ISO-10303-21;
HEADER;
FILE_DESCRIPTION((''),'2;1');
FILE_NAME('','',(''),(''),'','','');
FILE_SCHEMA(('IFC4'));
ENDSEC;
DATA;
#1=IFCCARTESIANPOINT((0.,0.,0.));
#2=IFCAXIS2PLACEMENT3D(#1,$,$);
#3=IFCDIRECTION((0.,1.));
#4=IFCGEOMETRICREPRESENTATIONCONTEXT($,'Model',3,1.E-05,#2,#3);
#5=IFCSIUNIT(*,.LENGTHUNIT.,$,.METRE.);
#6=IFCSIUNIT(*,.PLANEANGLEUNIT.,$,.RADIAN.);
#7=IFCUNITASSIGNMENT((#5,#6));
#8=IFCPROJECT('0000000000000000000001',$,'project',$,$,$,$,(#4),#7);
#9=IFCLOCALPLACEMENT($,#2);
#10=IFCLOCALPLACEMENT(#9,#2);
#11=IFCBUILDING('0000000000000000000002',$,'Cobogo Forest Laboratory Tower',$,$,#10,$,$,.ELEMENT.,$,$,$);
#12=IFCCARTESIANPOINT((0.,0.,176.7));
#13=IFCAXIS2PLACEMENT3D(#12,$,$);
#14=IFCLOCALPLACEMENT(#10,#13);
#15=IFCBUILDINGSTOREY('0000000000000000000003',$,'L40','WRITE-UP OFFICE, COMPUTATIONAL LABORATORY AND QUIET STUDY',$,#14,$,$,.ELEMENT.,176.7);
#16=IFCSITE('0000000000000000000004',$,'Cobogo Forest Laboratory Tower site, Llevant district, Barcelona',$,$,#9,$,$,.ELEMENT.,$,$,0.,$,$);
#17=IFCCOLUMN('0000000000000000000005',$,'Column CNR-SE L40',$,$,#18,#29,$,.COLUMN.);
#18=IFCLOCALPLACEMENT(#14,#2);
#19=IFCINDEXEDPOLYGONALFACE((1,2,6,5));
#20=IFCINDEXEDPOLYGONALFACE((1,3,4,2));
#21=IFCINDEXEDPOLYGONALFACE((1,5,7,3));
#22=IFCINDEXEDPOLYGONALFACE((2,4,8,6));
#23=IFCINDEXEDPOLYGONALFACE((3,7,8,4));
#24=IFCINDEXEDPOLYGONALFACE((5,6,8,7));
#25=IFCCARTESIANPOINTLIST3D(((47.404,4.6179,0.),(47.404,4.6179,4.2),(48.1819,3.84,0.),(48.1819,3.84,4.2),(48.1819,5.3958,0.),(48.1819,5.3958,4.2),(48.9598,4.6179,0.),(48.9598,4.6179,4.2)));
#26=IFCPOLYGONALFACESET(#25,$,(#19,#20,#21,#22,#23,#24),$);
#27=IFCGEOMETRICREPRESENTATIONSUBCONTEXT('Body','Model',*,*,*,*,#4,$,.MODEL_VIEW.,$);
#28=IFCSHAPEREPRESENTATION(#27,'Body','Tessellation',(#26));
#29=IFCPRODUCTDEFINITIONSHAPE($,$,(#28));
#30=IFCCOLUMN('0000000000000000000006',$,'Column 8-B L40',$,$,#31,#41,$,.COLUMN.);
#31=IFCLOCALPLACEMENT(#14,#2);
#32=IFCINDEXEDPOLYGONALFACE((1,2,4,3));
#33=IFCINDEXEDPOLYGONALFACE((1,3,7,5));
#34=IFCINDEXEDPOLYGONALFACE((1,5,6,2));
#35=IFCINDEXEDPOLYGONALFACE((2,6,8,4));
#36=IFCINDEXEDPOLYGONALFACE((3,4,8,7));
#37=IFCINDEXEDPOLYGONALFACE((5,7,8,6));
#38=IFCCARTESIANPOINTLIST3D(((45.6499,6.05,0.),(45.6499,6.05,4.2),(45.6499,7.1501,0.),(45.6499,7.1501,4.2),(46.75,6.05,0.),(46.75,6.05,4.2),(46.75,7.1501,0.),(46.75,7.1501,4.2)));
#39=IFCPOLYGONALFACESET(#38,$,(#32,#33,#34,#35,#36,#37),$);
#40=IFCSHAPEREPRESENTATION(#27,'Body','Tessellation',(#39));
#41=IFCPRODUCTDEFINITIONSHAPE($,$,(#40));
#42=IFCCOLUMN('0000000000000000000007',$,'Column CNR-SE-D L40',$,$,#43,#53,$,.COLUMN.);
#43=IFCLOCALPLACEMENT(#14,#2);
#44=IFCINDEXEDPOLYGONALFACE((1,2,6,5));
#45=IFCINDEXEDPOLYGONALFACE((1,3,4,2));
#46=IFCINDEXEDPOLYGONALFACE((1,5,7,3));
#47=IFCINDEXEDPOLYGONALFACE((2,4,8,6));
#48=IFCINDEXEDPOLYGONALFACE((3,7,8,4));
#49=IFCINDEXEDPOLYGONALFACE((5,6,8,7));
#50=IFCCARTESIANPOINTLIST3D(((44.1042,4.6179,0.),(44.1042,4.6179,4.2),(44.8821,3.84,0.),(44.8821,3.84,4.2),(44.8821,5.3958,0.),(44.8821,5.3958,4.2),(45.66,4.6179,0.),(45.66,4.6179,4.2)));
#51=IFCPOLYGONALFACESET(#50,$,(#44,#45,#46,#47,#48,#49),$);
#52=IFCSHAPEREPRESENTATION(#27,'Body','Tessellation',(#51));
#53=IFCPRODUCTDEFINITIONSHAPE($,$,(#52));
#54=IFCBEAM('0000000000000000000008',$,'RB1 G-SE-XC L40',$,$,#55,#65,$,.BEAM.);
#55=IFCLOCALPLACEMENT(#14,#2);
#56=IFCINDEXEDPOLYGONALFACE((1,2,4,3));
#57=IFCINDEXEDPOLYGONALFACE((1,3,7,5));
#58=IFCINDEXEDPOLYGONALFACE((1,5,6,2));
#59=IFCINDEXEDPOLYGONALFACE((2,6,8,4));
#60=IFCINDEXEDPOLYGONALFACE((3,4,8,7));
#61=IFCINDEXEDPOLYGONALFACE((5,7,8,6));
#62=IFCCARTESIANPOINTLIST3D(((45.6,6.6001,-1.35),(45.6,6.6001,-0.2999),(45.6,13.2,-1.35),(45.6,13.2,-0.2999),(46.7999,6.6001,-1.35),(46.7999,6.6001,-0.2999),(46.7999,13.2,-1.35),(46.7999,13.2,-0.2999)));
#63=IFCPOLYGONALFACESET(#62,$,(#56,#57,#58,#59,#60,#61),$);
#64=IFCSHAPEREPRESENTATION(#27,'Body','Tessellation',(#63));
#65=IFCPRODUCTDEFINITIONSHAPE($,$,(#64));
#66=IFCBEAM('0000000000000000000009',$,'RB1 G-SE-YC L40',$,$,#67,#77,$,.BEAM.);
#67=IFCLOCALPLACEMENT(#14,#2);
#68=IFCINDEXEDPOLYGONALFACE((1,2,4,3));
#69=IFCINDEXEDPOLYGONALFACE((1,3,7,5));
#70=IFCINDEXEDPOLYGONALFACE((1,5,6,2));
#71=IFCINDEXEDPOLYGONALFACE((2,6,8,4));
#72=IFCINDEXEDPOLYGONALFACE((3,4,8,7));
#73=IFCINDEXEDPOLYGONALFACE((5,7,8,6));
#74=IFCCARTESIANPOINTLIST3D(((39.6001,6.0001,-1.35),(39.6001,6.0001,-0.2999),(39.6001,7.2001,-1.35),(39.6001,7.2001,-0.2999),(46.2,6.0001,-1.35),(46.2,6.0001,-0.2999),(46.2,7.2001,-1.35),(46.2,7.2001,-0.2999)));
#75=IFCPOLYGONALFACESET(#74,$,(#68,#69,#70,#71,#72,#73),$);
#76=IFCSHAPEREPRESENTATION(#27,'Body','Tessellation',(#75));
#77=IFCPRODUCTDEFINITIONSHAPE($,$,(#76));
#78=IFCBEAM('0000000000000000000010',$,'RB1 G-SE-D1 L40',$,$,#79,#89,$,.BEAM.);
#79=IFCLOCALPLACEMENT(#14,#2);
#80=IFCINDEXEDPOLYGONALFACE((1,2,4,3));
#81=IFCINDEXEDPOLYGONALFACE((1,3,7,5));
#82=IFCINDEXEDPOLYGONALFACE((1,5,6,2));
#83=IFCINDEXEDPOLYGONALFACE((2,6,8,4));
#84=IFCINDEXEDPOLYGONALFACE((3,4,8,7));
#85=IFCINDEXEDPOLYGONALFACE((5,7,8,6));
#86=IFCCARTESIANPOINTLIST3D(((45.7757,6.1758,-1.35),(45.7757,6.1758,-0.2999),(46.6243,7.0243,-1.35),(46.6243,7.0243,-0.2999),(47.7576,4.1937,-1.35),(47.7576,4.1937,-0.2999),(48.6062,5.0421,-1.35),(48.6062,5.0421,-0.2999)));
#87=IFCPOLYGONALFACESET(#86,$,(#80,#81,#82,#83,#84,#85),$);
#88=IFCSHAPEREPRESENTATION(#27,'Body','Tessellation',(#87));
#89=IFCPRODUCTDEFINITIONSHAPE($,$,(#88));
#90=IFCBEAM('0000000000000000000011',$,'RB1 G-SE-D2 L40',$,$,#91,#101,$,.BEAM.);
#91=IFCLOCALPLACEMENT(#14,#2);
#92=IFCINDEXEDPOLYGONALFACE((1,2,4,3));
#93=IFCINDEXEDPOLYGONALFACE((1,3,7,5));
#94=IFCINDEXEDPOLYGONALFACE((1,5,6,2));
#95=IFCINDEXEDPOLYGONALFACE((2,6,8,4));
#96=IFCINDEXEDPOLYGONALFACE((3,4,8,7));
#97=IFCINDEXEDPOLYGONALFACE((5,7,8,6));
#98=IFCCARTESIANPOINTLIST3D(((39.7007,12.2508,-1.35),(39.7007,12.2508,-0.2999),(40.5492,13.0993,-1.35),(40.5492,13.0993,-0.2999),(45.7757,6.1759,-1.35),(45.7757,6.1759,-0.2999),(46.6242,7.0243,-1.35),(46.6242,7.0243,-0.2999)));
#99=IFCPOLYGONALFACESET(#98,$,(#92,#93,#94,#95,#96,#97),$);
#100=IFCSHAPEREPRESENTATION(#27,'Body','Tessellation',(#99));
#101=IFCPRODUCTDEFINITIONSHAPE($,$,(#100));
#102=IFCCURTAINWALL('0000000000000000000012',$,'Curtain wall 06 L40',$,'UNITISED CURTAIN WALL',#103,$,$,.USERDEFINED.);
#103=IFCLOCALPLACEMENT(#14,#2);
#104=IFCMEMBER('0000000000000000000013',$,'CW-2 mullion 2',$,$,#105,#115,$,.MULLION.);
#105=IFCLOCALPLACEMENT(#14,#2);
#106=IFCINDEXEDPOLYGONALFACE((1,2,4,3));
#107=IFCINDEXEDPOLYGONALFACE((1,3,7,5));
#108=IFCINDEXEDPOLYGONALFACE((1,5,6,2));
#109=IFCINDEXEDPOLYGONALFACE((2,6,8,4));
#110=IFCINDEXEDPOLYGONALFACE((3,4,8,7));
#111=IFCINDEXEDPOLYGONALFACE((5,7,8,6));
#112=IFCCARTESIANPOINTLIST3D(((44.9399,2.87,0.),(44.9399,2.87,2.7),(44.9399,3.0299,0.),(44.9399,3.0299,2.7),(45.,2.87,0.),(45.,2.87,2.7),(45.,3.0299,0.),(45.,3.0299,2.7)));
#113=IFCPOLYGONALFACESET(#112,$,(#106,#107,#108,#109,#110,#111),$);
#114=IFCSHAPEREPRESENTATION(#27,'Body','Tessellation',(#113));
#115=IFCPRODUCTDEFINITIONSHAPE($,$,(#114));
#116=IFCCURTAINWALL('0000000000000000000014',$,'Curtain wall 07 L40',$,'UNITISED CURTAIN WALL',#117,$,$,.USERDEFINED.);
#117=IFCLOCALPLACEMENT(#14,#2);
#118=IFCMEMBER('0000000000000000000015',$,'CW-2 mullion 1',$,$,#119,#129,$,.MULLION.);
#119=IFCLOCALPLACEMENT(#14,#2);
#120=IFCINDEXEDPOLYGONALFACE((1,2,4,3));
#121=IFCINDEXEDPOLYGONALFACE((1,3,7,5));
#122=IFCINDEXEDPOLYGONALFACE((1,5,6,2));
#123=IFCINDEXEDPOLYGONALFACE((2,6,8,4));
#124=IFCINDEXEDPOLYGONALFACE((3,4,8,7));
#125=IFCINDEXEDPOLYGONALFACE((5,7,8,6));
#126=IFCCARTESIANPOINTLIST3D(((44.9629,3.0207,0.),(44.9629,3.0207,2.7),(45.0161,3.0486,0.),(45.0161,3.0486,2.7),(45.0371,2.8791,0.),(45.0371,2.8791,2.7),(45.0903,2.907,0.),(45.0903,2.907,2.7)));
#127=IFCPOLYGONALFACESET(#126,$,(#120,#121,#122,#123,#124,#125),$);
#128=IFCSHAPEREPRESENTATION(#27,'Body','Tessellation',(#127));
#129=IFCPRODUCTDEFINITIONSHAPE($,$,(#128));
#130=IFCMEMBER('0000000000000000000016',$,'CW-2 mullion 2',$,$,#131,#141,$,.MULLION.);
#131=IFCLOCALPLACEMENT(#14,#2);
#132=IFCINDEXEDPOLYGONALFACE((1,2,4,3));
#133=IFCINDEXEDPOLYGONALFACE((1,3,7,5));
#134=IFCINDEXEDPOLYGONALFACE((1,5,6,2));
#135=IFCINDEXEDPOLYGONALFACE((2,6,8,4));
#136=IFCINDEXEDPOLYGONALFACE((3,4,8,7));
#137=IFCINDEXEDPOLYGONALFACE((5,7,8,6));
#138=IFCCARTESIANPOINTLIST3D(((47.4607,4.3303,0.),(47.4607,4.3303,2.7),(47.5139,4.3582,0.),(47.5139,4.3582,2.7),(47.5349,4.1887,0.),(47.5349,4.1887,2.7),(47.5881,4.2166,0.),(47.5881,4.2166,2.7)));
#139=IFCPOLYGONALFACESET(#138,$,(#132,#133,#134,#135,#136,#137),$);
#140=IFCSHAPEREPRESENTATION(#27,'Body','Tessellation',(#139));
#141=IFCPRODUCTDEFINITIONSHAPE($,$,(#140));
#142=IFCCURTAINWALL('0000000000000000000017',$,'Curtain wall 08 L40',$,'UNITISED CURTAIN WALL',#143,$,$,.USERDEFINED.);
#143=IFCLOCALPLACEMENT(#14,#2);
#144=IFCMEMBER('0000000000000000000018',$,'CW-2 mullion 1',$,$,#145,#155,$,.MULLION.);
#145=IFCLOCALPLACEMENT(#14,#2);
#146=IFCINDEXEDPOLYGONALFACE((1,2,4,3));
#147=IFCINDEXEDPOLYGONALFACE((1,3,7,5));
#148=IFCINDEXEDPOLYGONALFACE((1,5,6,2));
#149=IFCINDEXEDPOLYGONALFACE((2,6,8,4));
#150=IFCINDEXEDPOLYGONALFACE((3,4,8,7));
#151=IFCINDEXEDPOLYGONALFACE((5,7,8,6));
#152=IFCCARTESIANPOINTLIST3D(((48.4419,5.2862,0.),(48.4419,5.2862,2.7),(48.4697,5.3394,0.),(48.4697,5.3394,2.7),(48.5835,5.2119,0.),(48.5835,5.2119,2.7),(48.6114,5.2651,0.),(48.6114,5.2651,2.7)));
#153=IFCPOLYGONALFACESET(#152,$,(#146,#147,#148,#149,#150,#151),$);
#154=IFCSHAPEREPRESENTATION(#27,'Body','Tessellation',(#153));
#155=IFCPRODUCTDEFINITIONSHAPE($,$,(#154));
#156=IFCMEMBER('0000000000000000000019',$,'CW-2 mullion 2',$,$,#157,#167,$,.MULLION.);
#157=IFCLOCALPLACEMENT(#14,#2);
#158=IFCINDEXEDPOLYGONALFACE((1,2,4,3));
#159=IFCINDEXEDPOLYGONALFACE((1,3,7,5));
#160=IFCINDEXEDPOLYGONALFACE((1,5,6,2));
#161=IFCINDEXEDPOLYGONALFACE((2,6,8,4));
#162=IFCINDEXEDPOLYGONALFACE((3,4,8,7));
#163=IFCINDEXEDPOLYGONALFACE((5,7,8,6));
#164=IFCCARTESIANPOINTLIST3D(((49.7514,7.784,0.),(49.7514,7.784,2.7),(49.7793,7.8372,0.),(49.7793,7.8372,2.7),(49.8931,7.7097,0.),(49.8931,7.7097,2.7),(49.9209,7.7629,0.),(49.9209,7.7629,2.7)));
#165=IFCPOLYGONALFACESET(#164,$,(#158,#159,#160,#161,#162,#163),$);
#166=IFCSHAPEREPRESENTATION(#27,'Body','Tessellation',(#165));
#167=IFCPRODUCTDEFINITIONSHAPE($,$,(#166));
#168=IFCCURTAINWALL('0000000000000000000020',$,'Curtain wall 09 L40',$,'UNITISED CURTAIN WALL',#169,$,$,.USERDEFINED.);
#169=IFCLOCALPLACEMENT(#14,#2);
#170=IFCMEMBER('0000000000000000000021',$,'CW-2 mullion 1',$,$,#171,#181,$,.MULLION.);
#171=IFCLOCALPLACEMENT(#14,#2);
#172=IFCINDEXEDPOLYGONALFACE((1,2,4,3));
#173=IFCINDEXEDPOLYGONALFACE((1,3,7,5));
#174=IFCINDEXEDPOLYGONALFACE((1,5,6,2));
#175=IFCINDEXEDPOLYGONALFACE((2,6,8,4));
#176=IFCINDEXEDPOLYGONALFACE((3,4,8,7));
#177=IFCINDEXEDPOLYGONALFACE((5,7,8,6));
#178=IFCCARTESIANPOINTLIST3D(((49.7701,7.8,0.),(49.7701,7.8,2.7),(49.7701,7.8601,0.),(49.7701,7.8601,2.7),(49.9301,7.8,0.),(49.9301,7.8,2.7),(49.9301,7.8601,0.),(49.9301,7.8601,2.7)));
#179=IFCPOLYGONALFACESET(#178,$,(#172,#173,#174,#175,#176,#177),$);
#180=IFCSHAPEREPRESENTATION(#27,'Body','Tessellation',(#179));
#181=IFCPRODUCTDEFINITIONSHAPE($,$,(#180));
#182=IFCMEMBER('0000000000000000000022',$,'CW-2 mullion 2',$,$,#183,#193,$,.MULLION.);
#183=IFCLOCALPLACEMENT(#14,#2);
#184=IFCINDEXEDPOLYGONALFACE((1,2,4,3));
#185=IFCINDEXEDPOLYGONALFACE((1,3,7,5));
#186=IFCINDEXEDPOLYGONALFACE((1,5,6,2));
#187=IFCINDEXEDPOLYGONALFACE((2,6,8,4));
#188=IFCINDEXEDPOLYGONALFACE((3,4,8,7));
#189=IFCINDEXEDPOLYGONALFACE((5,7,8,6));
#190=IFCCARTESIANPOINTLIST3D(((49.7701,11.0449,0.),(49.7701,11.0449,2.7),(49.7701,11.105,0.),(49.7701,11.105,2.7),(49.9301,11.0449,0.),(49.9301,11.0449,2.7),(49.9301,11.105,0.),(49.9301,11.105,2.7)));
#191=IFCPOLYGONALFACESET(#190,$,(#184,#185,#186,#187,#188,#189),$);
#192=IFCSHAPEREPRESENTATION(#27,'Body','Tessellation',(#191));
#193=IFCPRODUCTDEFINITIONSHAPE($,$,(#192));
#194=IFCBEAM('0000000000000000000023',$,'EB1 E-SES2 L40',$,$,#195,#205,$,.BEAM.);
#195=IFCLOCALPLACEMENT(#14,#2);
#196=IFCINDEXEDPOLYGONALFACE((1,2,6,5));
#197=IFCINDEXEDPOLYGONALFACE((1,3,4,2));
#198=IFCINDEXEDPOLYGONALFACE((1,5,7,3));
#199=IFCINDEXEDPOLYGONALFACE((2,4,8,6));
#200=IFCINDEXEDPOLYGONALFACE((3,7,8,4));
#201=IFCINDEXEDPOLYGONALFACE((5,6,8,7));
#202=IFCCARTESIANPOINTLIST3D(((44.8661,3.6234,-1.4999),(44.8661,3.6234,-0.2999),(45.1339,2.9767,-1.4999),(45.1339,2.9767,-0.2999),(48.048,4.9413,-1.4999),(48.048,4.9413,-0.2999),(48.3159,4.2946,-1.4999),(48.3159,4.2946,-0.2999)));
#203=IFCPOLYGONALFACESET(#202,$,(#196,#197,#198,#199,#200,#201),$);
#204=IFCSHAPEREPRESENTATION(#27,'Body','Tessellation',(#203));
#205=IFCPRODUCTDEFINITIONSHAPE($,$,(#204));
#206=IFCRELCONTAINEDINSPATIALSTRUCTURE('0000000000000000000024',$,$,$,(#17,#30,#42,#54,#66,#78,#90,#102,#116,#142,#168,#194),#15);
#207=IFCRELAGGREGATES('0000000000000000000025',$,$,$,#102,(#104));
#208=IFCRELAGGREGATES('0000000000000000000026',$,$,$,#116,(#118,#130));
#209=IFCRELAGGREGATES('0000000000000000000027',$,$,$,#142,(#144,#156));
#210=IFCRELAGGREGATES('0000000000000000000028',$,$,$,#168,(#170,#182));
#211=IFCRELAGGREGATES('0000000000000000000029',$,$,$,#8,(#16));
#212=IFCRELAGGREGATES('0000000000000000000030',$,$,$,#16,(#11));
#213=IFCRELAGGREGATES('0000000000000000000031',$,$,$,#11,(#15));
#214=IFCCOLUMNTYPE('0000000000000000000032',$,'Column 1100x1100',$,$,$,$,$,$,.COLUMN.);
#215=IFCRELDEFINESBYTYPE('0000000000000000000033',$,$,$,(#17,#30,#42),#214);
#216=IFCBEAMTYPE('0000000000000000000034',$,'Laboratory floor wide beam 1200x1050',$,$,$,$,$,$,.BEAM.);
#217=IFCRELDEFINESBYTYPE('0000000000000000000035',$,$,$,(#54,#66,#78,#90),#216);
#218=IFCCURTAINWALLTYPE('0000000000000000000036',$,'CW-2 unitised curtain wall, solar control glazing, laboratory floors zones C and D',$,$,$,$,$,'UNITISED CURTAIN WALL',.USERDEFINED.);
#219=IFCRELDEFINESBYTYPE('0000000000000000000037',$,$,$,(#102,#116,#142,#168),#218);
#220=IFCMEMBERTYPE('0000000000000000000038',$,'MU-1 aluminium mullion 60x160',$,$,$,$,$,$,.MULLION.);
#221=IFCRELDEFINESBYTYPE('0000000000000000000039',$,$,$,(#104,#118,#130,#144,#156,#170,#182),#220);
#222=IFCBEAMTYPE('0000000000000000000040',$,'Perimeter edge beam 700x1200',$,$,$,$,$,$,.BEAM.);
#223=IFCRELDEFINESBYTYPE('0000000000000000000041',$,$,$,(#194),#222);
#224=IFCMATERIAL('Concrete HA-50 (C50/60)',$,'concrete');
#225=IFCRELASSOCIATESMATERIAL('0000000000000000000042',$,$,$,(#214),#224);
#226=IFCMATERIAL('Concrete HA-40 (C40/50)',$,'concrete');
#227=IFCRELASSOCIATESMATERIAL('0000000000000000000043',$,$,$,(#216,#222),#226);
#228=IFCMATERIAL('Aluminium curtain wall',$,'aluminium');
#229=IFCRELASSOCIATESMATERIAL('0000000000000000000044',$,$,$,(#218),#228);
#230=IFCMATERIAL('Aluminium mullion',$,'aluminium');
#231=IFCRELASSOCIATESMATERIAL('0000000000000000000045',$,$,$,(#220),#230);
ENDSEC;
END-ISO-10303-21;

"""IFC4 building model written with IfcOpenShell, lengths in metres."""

from ifc_helpers import new_model, si_unit, direction, frame, origin, origin_2d, place, context, subcontext, project, spatial, rectangle, extrude, material, material_profile, profile_set, type_object, element, aggregate, save


model = new_model("IFC4")

# Units and contexts
model_context = context("Model", 3, precision=1e-05, world=origin(), true_north=direction((0.0, 1.0)))
body_context = subcontext(model_context, "Body", "Model", "MODEL_VIEW")
ifc_project = project(units=[si_unit("LENGTHUNIT", "METRE"), si_unit("PLANEANGLEUNIT", "RADIAN")], contexts=[model_context])

# Site, building, storey
site_placement = place(None, origin())
site = spatial("IfcSite", under=ifc_project, at=site_placement, Name="Cobogo Forest Laboratory Tower site, Llevant district, Barcelona", CompositionType="ELEMENT", RefElevation=0.0)
building_placement = place(site_placement, origin())
building = spatial("IfcBuilding", under=site, at=building_placement, Name="Cobogo Forest Laboratory Tower", CompositionType="ELEMENT")
storey_placement = place(building_placement, frame((0.0, 0.0, 176.7)))
storey = spatial("IfcBuildingStorey", under=building, at=storey_placement, Name="L40", Description="WRITE-UP OFFICE, COMPUTATIONAL LABORATORY AND QUIET STUDY", CompositionType="ELEMENT", Elevation=176.7)

# Columns
ifc_material_1 = material(Name="Concrete HA-50 (C50/60)", Category="concrete")
ifc_material_profile_1 = material_profile(ifc_material_1, rectangle(XDim=1.1001, YDim=1.1001, at=origin_2d()), Name="RC 1100x1100")
ifc_profile_set_1 = profile_set([ifc_material_profile_1], Name="Concrete HA-50 (C50/60)")
column_type = type_object("IfcColumnType", Name="Column 1100x1100", PredefinedType="COLUMN", material=ifc_profile_set_1)
for number, where, z_axis, x_axis, name in (
    (1, (48.1819, 4.6179, 0.0), (0.0, 0.0, 1.0), (0.707107, 0.707107, 0.0), "Column CNR-SE L40"),
    (2, (46.2, 6.6001, 0.0), (0.0, 0.0, 1.0), (1.0, 0.0, 0.0), "Column 8-B L40"),
    (3, (44.8821, 4.6179, 0.0), (0.0, 0.0, 1.0), (0.707107, 0.707107, 0.0), "Column CNR-SE-D L40"),
):
    element("IfcColumn", number, at=place(storey_placement, frame(where, z_axis=z_axis, x_axis=x_axis)), inside=storey, type_object=column_type, Name=name, PredefinedType="COLUMN", context=body_context, shape_type="SweptSolid", body=[
        extrude(rectangle(XDim=1.1001, YDim=1.1001, at=origin_2d()), origin(), (0.0, 0.0, 1.0), 4.2),
    ])

# Beams
ifc_material_2 = material(Name="Concrete HA-40 (C40/50)", Category="concrete")
ifc_material_profile_2 = material_profile(ifc_material_2, rectangle(XDim=1.2, YDim=1.05, at=origin_2d()), Name="RC 1200x1050")
ifc_profile_set_2 = profile_set([ifc_material_profile_2], Name="Concrete HA-40 (C40/50)")
beam_type_1 = type_object("IfcBeamType", Name="Laboratory floor wide beam 1200x1050", PredefinedType="BEAM", material=ifc_profile_set_2)
for number, where, z_axis, x_axis, name in (
    (4, (46.2, 6.6001, -0.825), (0.0, 1.0, 0.0), (-1.0, 0.0, 0.0), "RB1 G-SE-XC L40"),
    (5, (46.2, 6.6001, -0.825), (-1.0, 0.0, 0.0), (0.0, -1.0, 0.0), "RB1 G-SE-YC L40"),
):
    element("IfcBeam", number, at=place(storey_placement, frame(where, z_axis=z_axis, x_axis=x_axis)), inside=storey, type_object=beam_type_1, Name=name, PredefinedType="BEAM", context=body_context, shape_type="SweptSolid", body=[
        extrude(rectangle(XDim=1.2, YDim=1.05, at=origin_2d()), origin(), (0.0, 0.0, 1.0), 6.5999),
    ])
beam_1_placement = place(storey_placement, frame((48.1819, 4.6179, -0.825), z_axis=(-0.707063, 0.70715, 0.0), x_axis=(-0.70715, -0.707063, 0.0)))
element("IfcBeam", 6, at=beam_1_placement, inside=storey, type_object=beam_type_1, Name="RB1 G-SE-D1 L40", PredefinedType="BEAM", context=body_context, shape_type="SweptSolid", body=[
    extrude(rectangle(XDim=1.2, YDim=1.05, at=origin_2d()), origin(), (0.0, 0.0, 1.0), 2.803),
])
beam_2_placement = place(storey_placement, frame((46.2, 6.6001, -0.825), z_axis=(-0.707107, 0.707107, 0.0), x_axis=(-0.707107, -0.707107, 0.0)))
element("IfcBeam", 7, at=beam_2_placement, inside=storey, type_object=beam_type_1, Name="RB1 G-SE-D2 L40", PredefinedType="BEAM", context=body_context, shape_type="SweptSolid", body=[
    extrude(rectangle(XDim=1.2, YDim=1.05, at=origin_2d()), origin(), (0.0, 0.0, 1.0), 8.5913),
])

# Curtain wall, member
ifc_material_3 = material(Name="Aluminium curtain wall", Category="aluminium")
curtain_wall_type = type_object("IfcCurtainWallType", Name="CW-2 unitised curtain wall, solar control glazing, laboratory floors zones C and D", ElementType="UNITISED CURTAIN WALL", PredefinedType="USERDEFINED", material=ifc_material_3)
curtain_wall_1_placement = place(storey_placement, origin())
curtain_wall_1 = element("IfcCurtainWall", 8, at=curtain_wall_1_placement, inside=storey, type_object=curtain_wall_type, Name="Curtain wall 06 L40", ObjectType="UNITISED CURTAIN WALL", PredefinedType="USERDEFINED")
ifc_material_4 = material(Name="Aluminium mullion", Category="aluminium")
ifc_material_profile_3 = material_profile(ifc_material_4, rectangle(XDim=0.0601, YDim=0.1599, at=origin_2d()), Name="AL 60x160")
ifc_profile_set_3 = profile_set([ifc_material_profile_3], Name="Aluminium mullion")
member_type_1 = type_object("IfcMemberType", Name="MU-1 aluminium mullion 60x160", PredefinedType="MULLION", material=ifc_profile_set_3)
member_1_placement = place(storey_placement, frame((44.97, 2.95, 0.0), z_axis=(0.0, 0.0, 1.0), x_axis=(1.0, 0.0, 0.0)))
member_1 = element("IfcMember", 9, at=member_1_placement, type_object=member_type_1, Name="CW-2 mullion 2", PredefinedType="MULLION", context=body_context, shape_type="SweptSolid", body=[
    extrude(rectangle(XDim=0.0601, YDim=0.1599, at=origin_2d()), origin(), (0.0, 0.0, 1.0), 2.7),
])

# Curtain walls, members
curtain_wall_2_placement = place(storey_placement, origin())
curtain_wall_2 = element("IfcCurtainWall", 10, at=curtain_wall_2_placement, inside=storey, type_object=curtain_wall_type, Name="Curtain wall 07 L40", ObjectType="UNITISED CURTAIN WALL", PredefinedType="USERDEFINED")
member_2_placement = place(storey_placement, frame((45.0266, 2.9639, 0.0), z_axis=(0.0, 0.0, 1.0), x_axis=(0.885686, 0.464284, 0.0)))
member_2 = element("IfcMember", 11, at=member_2_placement, type_object=member_type_1, Name="CW-2 mullion 1", PredefinedType="MULLION", context=body_context, shape_type="SweptSolid", body=[
    extrude(rectangle(XDim=0.0601, YDim=0.1599, at=origin_2d()), origin(), (0.0, 0.0, 1.0), 2.7),
])
member_3_placement = place(storey_placement, frame((47.5244, 4.2734, 0.0), z_axis=(0.0, 0.0, 1.0), x_axis=(0.885686, 0.464284, 0.0)))
member_3 = element("IfcMember", 12, at=member_3_placement, type_object=member_type_1, Name="CW-2 mullion 2", PredefinedType="MULLION", context=body_context, shape_type="SweptSolid", body=[
    extrude(rectangle(XDim=0.0601, YDim=0.1599, at=origin_2d()), origin(), (0.0, 0.0, 1.0), 2.7),
])
curtain_wall_3_placement = place(storey_placement, origin())
curtain_wall_3 = element("IfcCurtainWall", 13, at=curtain_wall_3_placement, inside=storey, type_object=curtain_wall_type, Name="Curtain wall 08 L40", ObjectType="UNITISED CURTAIN WALL", PredefinedType="USERDEFINED")
member_4_placement = place(storey_placement, frame((48.5266, 5.2756, 0.0), z_axis=(0.0, 0.0, 1.0), x_axis=(0.464284, 0.885686, 0.0)))
member_4 = element("IfcMember", 14, at=member_4_placement, type_object=member_type_1, Name="CW-2 mullion 1", PredefinedType="MULLION", context=body_context, shape_type="SweptSolid", body=[
    extrude(rectangle(XDim=0.0601, YDim=0.1599, at=origin_2d()), origin(), (0.0, 0.0, 1.0), 2.7),
])
member_5_placement = place(storey_placement, frame((49.8362, 7.7734, 0.0), z_axis=(0.0, 0.0, 1.0), x_axis=(0.464284, 0.885686, 0.0)))
member_5 = element("IfcMember", 15, at=member_5_placement, type_object=member_type_1, Name="CW-2 mullion 2", PredefinedType="MULLION", context=body_context, shape_type="SweptSolid", body=[
    extrude(rectangle(XDim=0.0601, YDim=0.1599, at=origin_2d()), origin(), (0.0, 0.0, 1.0), 2.7),
])
curtain_wall_4_placement = place(storey_placement, origin())
curtain_wall_4 = element("IfcCurtainWall", 16, at=curtain_wall_4_placement, inside=storey, type_object=curtain_wall_type, Name="Curtain wall 09 L40", ObjectType="UNITISED CURTAIN WALL", PredefinedType="USERDEFINED")
member_6_placement = place(storey_placement, frame((49.8501, 7.8301, 0.0), z_axis=(0.0, 0.0, 1.0), x_axis=(0.0, 1.0, 0.0)))
member_6 = element("IfcMember", 17, at=member_6_placement, type_object=member_type_1, Name="CW-2 mullion 1", PredefinedType="MULLION", context=body_context, shape_type="SweptSolid", body=[
    extrude(rectangle(XDim=0.0601, YDim=0.1599, at=origin_2d()), origin(), (0.0, 0.0, 1.0), 2.7),
])
member_7_placement = place(storey_placement, frame((49.8501, 11.075, 0.0), z_axis=(0.0, 0.0, 1.0), x_axis=(0.0, 1.0, 0.0)))
member_7 = element("IfcMember", 18, at=member_7_placement, type_object=member_type_1, Name="CW-2 mullion 2", PredefinedType="MULLION", context=body_context, shape_type="SweptSolid", body=[
    extrude(rectangle(XDim=0.0601, YDim=0.1599, at=origin_2d()), origin(), (0.0, 0.0, 1.0), 2.7),
])

# Beam
ifc_material_profile_4 = material_profile(ifc_material_2, rectangle(XDim=0.7, YDim=1.2, at=origin_2d()), Name="RC 700x1200")
ifc_profile_set_4 = profile_set([ifc_material_profile_4], Name="Concrete HA-40 (C40/50)")
beam_type_2 = type_object("IfcBeamType", Name="Perimeter edge beam 700x1200", PredefinedType="BEAM", material=ifc_profile_set_4)
beam_3_placement = place(storey_placement, frame((45.0, 3.3, -0.8999), z_axis=(0.923891, 0.382656, 0.0), x_axis=(-0.382656, 0.923891, 0.0)))
element("IfcBeam", 19, at=beam_3_placement, inside=storey, type_object=beam_type_2, Name="EB1 E-SES2 L40", PredefinedType="BEAM", context=body_context, shape_type="SweptSolid", body=[
    extrude(rectangle(XDim=0.7, YDim=1.2, at=origin_2d()), origin(), (0.0, 0.0, 1.0), 3.4441),
])

aggregate(curtain_wall_1, [member_1])
aggregate(curtain_wall_2, [member_2, member_3])
aggregate(curtain_wall_3, [member_4, member_5])
aggregate(curtain_wall_4, [member_6, member_7])

save(model, "model.ifc")
